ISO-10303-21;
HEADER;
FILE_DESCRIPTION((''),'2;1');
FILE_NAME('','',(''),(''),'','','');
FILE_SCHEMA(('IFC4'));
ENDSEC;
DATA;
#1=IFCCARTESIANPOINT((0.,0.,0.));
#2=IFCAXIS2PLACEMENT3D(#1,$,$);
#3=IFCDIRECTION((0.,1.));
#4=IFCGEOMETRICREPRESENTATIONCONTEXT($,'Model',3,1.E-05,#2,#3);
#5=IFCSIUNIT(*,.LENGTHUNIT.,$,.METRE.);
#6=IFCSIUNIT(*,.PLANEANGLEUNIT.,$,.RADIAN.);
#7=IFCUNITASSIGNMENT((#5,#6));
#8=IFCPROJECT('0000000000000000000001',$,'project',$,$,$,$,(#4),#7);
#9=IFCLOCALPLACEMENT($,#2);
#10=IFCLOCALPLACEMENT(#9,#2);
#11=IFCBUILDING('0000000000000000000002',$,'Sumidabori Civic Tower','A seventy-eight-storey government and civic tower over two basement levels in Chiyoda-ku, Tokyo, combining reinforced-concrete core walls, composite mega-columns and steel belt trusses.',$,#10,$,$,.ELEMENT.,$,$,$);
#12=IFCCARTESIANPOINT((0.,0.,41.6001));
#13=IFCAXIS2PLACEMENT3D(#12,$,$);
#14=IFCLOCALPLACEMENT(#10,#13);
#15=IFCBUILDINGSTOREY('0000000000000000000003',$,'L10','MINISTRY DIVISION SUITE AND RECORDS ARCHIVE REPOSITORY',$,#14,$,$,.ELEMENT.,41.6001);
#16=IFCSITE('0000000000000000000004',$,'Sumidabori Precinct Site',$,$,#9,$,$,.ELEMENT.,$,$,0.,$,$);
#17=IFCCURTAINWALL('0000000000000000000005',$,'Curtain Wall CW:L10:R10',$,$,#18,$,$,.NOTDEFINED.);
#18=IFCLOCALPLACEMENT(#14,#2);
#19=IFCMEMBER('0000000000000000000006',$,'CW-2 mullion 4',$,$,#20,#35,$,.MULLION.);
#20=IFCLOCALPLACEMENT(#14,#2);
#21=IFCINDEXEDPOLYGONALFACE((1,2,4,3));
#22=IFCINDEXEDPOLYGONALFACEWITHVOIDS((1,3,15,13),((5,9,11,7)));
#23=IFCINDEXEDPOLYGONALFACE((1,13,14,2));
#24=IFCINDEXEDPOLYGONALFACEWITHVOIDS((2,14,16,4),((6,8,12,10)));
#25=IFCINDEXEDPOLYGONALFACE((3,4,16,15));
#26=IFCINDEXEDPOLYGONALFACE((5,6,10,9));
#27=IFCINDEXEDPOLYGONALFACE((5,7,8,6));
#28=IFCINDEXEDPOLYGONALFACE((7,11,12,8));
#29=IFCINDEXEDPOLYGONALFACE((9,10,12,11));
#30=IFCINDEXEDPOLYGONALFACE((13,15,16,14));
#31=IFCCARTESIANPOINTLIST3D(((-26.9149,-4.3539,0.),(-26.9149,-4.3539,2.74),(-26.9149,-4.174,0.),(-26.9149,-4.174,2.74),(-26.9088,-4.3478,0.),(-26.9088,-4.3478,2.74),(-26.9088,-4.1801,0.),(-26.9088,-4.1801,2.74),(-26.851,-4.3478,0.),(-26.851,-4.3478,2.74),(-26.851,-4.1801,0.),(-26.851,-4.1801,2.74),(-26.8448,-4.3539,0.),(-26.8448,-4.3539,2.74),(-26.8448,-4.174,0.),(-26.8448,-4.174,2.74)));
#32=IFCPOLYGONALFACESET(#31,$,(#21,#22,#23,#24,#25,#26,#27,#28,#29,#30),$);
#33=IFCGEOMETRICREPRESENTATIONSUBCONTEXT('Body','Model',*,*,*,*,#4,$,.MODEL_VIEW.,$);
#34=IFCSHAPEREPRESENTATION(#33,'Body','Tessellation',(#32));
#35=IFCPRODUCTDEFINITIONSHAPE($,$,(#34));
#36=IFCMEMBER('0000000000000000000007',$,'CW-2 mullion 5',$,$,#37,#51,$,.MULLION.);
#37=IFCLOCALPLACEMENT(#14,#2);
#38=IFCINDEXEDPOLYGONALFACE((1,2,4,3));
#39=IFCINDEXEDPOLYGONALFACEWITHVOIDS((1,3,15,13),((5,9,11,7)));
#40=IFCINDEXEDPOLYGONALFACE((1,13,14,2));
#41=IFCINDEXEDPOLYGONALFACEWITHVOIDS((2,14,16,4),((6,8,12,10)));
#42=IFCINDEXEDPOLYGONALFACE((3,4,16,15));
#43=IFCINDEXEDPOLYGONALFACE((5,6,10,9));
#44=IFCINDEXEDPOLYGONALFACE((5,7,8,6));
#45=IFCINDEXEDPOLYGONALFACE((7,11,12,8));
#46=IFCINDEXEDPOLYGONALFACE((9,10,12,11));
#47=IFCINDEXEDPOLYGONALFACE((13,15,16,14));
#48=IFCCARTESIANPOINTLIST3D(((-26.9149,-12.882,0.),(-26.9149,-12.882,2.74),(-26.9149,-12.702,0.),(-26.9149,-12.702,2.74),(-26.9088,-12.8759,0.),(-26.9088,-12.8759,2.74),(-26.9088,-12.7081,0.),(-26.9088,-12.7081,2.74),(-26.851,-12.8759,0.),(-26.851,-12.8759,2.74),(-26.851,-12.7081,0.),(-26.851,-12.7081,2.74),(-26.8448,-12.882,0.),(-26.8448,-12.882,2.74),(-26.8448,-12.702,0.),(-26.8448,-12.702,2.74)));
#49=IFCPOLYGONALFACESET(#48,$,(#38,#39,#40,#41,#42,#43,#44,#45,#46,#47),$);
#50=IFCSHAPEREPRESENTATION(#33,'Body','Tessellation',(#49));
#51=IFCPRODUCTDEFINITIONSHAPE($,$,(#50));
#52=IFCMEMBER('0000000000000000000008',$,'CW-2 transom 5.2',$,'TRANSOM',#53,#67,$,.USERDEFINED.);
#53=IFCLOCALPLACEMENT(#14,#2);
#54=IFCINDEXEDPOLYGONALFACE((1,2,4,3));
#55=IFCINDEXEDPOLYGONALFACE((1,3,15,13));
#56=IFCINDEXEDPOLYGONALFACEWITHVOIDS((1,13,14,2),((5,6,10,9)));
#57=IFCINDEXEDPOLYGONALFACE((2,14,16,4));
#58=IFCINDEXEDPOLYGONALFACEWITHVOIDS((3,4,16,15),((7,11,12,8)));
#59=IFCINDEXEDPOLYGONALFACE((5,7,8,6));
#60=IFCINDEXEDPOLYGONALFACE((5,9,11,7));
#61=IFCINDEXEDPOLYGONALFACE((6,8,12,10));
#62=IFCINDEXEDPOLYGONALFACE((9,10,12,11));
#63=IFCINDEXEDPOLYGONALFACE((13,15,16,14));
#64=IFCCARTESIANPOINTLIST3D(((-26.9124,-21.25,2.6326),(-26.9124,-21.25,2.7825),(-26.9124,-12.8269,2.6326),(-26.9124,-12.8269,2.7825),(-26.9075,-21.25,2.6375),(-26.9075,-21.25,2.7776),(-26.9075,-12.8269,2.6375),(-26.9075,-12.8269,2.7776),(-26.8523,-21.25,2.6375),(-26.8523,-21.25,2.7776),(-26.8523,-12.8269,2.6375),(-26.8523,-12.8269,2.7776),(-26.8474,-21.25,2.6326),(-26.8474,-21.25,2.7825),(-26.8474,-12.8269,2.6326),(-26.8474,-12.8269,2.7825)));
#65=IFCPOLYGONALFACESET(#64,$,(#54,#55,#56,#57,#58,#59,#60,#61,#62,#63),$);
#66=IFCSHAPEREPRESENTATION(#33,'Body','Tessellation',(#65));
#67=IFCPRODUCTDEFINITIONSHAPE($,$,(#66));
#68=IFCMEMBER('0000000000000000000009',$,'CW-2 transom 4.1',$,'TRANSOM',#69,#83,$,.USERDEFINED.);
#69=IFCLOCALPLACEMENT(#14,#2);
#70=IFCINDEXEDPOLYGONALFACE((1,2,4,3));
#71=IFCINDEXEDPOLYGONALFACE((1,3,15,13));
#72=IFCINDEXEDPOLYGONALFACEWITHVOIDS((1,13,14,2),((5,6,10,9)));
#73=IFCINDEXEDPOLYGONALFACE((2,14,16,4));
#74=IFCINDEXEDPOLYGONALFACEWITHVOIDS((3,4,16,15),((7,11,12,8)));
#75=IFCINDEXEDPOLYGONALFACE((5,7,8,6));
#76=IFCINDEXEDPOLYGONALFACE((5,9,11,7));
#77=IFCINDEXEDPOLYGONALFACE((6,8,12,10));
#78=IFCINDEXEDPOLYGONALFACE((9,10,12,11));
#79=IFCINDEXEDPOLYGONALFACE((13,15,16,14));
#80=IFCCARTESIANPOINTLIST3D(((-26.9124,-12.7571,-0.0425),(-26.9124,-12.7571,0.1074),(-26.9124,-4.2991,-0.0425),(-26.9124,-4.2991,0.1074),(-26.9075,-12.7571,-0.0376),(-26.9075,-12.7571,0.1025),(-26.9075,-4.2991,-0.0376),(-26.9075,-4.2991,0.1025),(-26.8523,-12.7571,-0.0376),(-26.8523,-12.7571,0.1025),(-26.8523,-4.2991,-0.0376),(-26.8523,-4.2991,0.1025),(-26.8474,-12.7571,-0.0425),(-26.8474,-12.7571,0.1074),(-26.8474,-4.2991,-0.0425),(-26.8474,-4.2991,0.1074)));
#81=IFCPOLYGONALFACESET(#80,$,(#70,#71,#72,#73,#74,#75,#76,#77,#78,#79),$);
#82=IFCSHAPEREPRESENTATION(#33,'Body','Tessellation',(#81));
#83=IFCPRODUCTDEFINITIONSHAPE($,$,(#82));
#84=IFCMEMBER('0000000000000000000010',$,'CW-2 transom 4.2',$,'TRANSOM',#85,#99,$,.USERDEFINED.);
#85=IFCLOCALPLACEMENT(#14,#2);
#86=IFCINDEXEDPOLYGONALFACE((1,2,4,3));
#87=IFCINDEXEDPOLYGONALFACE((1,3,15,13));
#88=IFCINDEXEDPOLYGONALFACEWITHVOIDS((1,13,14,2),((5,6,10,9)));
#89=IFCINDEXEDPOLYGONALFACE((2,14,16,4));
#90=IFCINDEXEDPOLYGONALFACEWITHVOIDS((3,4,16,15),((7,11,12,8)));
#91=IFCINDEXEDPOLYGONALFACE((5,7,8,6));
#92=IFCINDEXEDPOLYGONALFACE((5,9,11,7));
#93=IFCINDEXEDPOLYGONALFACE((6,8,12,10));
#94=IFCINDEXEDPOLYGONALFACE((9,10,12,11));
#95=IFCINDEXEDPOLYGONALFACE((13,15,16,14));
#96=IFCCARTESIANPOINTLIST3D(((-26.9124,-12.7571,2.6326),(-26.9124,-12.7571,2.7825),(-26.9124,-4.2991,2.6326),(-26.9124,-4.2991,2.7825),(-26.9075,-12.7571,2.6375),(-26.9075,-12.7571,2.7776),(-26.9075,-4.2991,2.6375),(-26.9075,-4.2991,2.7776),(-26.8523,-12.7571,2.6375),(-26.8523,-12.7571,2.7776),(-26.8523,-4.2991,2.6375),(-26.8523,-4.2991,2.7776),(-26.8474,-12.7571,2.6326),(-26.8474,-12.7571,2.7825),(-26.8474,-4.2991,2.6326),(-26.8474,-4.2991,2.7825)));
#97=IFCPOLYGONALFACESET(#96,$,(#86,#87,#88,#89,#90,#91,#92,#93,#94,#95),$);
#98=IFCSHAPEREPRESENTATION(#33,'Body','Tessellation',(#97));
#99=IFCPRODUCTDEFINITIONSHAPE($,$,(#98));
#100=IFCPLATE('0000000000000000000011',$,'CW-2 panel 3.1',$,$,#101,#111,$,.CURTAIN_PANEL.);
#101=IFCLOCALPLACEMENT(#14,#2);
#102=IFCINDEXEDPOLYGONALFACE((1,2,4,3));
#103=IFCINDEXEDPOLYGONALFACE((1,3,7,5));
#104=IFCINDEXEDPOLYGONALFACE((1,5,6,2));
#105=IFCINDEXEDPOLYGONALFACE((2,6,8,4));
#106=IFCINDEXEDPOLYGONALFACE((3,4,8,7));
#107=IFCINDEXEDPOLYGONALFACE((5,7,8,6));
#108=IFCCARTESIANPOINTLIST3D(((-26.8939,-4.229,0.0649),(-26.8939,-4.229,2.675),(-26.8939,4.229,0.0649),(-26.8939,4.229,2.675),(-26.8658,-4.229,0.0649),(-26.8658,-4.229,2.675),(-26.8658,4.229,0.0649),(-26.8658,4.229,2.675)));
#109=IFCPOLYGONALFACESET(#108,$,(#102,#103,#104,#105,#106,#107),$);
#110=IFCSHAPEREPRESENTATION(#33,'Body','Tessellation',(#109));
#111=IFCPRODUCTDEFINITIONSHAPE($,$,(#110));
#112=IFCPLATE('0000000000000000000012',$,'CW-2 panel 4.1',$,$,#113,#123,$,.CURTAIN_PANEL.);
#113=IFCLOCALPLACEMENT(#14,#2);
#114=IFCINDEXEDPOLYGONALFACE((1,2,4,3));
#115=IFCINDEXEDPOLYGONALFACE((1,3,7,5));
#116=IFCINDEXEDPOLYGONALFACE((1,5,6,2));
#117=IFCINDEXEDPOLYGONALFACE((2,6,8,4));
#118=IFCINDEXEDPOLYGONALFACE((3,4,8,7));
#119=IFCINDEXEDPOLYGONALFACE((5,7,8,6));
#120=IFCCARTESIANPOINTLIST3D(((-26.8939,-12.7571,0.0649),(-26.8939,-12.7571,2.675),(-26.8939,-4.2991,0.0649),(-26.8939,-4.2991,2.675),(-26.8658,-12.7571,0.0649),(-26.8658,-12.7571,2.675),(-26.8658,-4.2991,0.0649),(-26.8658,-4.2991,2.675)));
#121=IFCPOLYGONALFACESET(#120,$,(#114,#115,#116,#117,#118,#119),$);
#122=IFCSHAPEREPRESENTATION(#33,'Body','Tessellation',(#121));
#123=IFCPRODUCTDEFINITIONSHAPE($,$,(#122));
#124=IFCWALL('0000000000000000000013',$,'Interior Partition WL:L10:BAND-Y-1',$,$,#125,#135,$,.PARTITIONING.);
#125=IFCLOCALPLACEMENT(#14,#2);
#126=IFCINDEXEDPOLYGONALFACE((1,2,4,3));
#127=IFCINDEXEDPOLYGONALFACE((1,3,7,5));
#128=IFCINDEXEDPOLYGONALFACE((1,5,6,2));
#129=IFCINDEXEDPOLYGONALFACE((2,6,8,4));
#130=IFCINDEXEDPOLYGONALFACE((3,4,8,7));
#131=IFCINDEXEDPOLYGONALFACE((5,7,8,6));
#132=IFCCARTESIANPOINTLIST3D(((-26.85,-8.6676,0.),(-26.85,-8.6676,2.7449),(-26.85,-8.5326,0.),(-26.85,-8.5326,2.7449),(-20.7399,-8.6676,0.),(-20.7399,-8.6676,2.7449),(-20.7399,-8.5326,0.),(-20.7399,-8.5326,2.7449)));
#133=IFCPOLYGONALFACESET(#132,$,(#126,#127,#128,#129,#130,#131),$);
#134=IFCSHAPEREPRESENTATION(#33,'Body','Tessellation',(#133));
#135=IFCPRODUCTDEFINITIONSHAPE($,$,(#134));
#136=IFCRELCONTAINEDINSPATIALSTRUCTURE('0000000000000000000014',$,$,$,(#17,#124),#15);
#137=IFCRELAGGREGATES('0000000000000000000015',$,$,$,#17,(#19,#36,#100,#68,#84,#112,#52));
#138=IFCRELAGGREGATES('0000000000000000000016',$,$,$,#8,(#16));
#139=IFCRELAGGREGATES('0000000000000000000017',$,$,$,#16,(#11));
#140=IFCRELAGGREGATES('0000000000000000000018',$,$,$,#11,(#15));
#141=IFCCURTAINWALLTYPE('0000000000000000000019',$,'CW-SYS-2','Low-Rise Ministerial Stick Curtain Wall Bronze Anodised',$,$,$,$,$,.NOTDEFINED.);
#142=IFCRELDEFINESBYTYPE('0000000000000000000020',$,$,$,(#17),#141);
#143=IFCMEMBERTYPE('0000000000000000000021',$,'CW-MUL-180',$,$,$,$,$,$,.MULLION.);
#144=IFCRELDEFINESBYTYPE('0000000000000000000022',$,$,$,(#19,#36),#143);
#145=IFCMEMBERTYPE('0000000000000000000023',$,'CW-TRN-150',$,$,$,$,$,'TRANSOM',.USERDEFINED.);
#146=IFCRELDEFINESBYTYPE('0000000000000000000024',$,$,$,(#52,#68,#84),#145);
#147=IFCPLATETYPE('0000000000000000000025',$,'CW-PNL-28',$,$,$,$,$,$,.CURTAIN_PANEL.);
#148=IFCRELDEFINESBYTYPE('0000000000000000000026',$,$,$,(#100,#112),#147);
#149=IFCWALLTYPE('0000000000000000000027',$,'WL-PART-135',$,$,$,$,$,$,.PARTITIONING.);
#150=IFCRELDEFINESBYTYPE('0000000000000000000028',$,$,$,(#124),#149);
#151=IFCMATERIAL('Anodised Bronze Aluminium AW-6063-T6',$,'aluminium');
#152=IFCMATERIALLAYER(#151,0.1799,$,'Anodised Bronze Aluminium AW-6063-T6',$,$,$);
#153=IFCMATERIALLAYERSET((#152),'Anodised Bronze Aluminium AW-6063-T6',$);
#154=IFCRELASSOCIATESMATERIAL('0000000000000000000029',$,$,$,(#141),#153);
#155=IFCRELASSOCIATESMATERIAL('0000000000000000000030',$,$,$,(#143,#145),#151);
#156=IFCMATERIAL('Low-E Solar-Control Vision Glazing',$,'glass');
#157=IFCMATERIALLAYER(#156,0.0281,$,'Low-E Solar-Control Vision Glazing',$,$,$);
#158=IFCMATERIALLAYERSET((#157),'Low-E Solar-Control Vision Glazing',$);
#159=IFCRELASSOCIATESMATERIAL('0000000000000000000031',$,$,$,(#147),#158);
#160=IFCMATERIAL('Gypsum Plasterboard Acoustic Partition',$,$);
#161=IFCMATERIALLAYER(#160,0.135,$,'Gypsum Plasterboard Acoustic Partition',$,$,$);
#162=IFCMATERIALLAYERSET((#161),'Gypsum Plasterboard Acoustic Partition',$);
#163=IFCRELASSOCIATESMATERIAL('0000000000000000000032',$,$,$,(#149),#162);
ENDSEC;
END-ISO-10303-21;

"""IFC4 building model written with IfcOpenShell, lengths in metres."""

from ifc_helpers import new_model, si_unit, direction, frame, frame_2d, origin, origin_2d, place, context, subcontext, project, spatial, rectangle, hollow_rectangle, extrude, source, transform, mapped, material, layer, layer_set, material_profile, profile_set, type_object, element, aggregate, save


model = new_model("IFC4")

# Units and contexts
model_context = context("Model", 3, precision=1e-05, world=origin(), true_north=direction((0.0, 1.0)))
body_context = subcontext(model_context, "Body", "Model", "MODEL_VIEW")
ifc_project = project(units=[si_unit("LENGTHUNIT", "METRE"), si_unit("PLANEANGLEUNIT", "RADIAN")], contexts=[model_context])

# Site, building, storey
site_placement = place(None, origin())
site = spatial("IfcSite", under=ifc_project, at=site_placement, Name="Sumidabori Precinct Site", CompositionType="ELEMENT", RefElevation=0.0)
building_placement = place(site_placement, origin())
building = spatial("IfcBuilding", under=site, at=building_placement, Name="Sumidabori Civic Tower", Description="A seventy-eight-storey government and civic tower over two basement levels in Chiyoda-ku, Tokyo, combining reinforced-concrete core walls, composite mega-columns and steel belt trusses.", CompositionType="ELEMENT")
storey_placement = place(building_placement, frame((0.0, 0.0, 41.6001)))
storey = spatial("IfcBuildingStorey", under=building, at=storey_placement, Name="L10", Description="MINISTRY DIVISION SUITE AND RECORDS ARCHIVE REPOSITORY", CompositionType="ELEMENT", Elevation=41.6001)

# Curtain wall, members, plates
ifc_material_1 = material(Name="Anodised Bronze Aluminium AW-6063-T6", Category="aluminium")
ifc_layer_1 = layer(ifc_material_1, 0.1799, Name="Anodised Bronze Aluminium AW-6063-T6")
ifc_layer_set_1 = layer_set([ifc_layer_1], Name="Anodised Bronze Aluminium AW-6063-T6")
curtain_wall_type = type_object("IfcCurtainWallType", Name="CW-SYS-2", Description="Low-Rise Ministerial Stick Curtain Wall Bronze Anodised", PredefinedType="NOTDEFINED", material=ifc_layer_set_1)
curtain_wall_placement = place(storey_placement, origin())
curtain_wall = element("IfcCurtainWall", 1, at=curtain_wall_placement, inside=storey, type_object=curtain_wall_type, Name="Curtain Wall CW:L10:R10", PredefinedType="NOTDEFINED")
ifc_material_profile_1 = material_profile(ifc_material_1, hollow_rectangle(XDim=0.0701, YDim=0.1799, WallThickness=0.0061, at=origin_2d()), Name="ALU MULLION 180x70")
ifc_profile_set_1 = profile_set([ifc_material_profile_1], Name="Anodised Bronze Aluminium AW-6063-T6")
member_type_1 = type_object("IfcMemberType", Name="CW-MUL-180", PredefinedType="MULLION", material=ifc_profile_set_1)
shared_shape_1 = source(origin(), body_context, "Body", "SweptSolid", [
    extrude(hollow_rectangle(XDim=0.0701, YDim=0.1799, WallThickness=0.0061, at=origin_2d()), origin(), (0.0, 0.0, 1.0), 2.74),
])
member_1_placement = place(storey_placement, frame((-26.8799, -4.2639, 0.0), z_axis=(0.0, 0.0, 1.0), x_axis=(1.0, 0.0, 0.0)))
member_1 = element("IfcMember", 2, at=member_1_placement, type_object=member_type_1, Name="CW-2 mullion 4", PredefinedType="MULLION", context=body_context, shape_type="MappedRepresentation", body=[
    mapped(shared_shape_1, transform((0.0, 0.0, 0.0), x_axis=(1.0, 0.0, 0.0), y_axis=(0.0, 1.0, 0.0), z_axis=(0.0, 0.0, 1.0), scale=1.0)),
])
member_2_placement = place(storey_placement, frame((-26.8799, -12.792, 0.0), z_axis=(0.0, 0.0, 1.0), x_axis=(1.0, 0.0, 0.0)))
member_2 = element("IfcMember", 3, at=member_2_placement, type_object=member_type_1, Name="CW-2 mullion 5", PredefinedType="MULLION", context=body_context, shape_type="MappedRepresentation", body=[
    mapped(shared_shape_1, transform((0.0, 0.0, 0.0), x_axis=(1.0, 0.0, 0.0), y_axis=(0.0, 1.0, 0.0), z_axis=(0.0, 0.0, 1.0), scale=1.0)),
])
ifc_material_profile_2 = material_profile(ifc_material_1, hollow_rectangle(XDim=0.0649, YDim=0.1499, WallThickness=0.0049, at=origin_2d()), Name="ALU TRANSOM 150x65")
ifc_profile_set_2 = profile_set([ifc_material_profile_2], Name="Anodised Bronze Aluminium AW-6063-T6")
member_type_2 = type_object("IfcMemberType", Name="CW-TRN-150", ElementType="TRANSOM", PredefinedType="USERDEFINED", material=ifc_profile_set_2)
shared_shape_2 = source(origin(), body_context, "Body", "SweptSolid", [
    extrude(hollow_rectangle(XDim=0.0649, YDim=0.1499, WallThickness=0.0049, at=origin_2d()), origin(), (0.0, 0.0, 1.0), 8.4231),
])
member_3_placement = place(storey_placement, frame((-26.8799, -12.8269, 2.7075), z_axis=(0.0, -1.0, 0.0), x_axis=(1.0, 0.0, 0.0)))
member_3 = element("IfcMember", 4, at=member_3_placement, type_object=member_type_2, Name="CW-2 transom 5.2", ObjectType="TRANSOM", PredefinedType="USERDEFINED", context=body_context, shape_type="MappedRepresentation", body=[
    mapped(shared_shape_2, transform((0.0, 0.0, 0.0), x_axis=(1.0, 0.0, 0.0), y_axis=(0.0, 1.0, 0.0), z_axis=(0.0, 0.0, 1.0), scale=1.0)),
])
shared_shape_3 = source(origin(), body_context, "Body", "SweptSolid", [
    extrude(hollow_rectangle(XDim=0.0649, YDim=0.1499, WallThickness=0.0049, at=origin_2d()), origin(), (0.0, 0.0, 1.0), 8.458),
])
member_4_placement = place(storey_placement, frame((-26.8799, -4.2991, 0.0325), z_axis=(0.0, -1.0, 0.0), x_axis=(1.0, 0.0, 0.0)))
member_4 = element("IfcMember", 5, at=member_4_placement, type_object=member_type_2, Name="CW-2 transom 4.1", ObjectType="TRANSOM", PredefinedType="USERDEFINED", context=body_context, shape_type="MappedRepresentation", body=[
    mapped(shared_shape_3, transform((0.0, 0.0, 0.0), x_axis=(1.0, 0.0, 0.0), y_axis=(0.0, 1.0, 0.0), z_axis=(0.0, 0.0, 1.0), scale=1.0)),
])
member_5_placement = place(storey_placement, frame((-26.8799, -4.2991, 2.7075), z_axis=(0.0, -1.0, 0.0), x_axis=(1.0, 0.0, 0.0)))
member_5 = element("IfcMember", 6, at=member_5_placement, type_object=member_type_2, Name="CW-2 transom 4.2", ObjectType="TRANSOM", PredefinedType="USERDEFINED", context=body_context, shape_type="MappedRepresentation", body=[
    mapped(shared_shape_3, transform((0.0, 0.0, 0.0), x_axis=(1.0, 0.0, 0.0), y_axis=(0.0, 1.0, 0.0), z_axis=(0.0, 0.0, 1.0), scale=1.0)),
])
ifc_material_2 = material(Name="Low-E Solar-Control Vision Glazing", Category="glass")
ifc_layer_2 = layer(ifc_material_2, 0.0281, Name="Low-E Solar-Control Vision Glazing")
ifc_layer_set_2 = layer_set([ifc_layer_2], Name="Low-E Solar-Control Vision Glazing")
plate_type = type_object("IfcPlateType", Name="CW-PNL-28", PredefinedType="CURTAIN_PANEL", material=ifc_layer_set_2)
shared_shape_4 = source(origin(), body_context, "Body", "SweptSolid", [
    extrude(rectangle(XDim=8.458, YDim=0.0281, at=origin_2d()), origin(), (0.0, 0.0, 1.0), 2.6101),
])
plate_1_placement = place(storey_placement, frame((-26.8799, 0.0, 0.0649), z_axis=(0.0, 0.0, 1.0), x_axis=(0.0, -1.0, 0.0)))
plate_1 = element("IfcPlate", 7, at=plate_1_placement, type_object=plate_type, Name="CW-2 panel 3.1", PredefinedType="CURTAIN_PANEL", context=body_context, shape_type="MappedRepresentation", body=[
    mapped(shared_shape_4, transform((0.0, 0.0, 0.0), x_axis=(1.0, 0.0, 0.0), y_axis=(0.0, 1.0, 0.0), z_axis=(0.0, 0.0, 1.0), scale=1.0)),
])
plate_2_placement = place(storey_placement, frame((-26.8799, -8.5281, 0.0649), z_axis=(0.0, 0.0, 1.0), x_axis=(0.0, -1.0, 0.0)))
plate_2 = element("IfcPlate", 8, at=plate_2_placement, type_object=plate_type, Name="CW-2 panel 4.1", PredefinedType="CURTAIN_PANEL", context=body_context, shape_type="MappedRepresentation", body=[
    mapped(shared_shape_4, transform((0.0, 0.0, 0.0), x_axis=(1.0, 0.0, 0.0), y_axis=(0.0, 1.0, 0.0), z_axis=(0.0, 0.0, 1.0), scale=1.0)),
])
aggregate(curtain_wall, [member_1, member_2, plate_1, member_4, member_5, plate_2, member_3])

# Wall
ifc_material_3 = material(Name="Gypsum Plasterboard Acoustic Partition")
ifc_layer_3 = layer(ifc_material_3, 0.135, Name="Gypsum Plasterboard Acoustic Partition")
ifc_layer_set_3 = layer_set([ifc_layer_3], Name="Gypsum Plasterboard Acoustic Partition")
wall_type = type_object("IfcWallType", Name="WL-PART-135", PredefinedType="PARTITIONING", material=ifc_layer_set_3)
shared_shape_5 = source(origin(), body_context, "Body", "SweptSolid", [
    extrude(rectangle(XDim=6.1101, YDim=0.135, at=frame_2d((3.0552, 0.0))), origin(), (0.0, 0.0, 1.0), 2.7449),
])
wall_1_placement = place(storey_placement, frame((-26.8501, -8.6001, 0.0), z_axis=(0.0, 0.0, 1.0), x_axis=(1.0, 0.0, 0.0)))
element("IfcWall", 9, at=wall_1_placement, inside=storey, type_object=wall_type, Name="Interior Partition WL:L10:BAND-Y-1", PredefinedType="PARTITIONING", context=body_context, shape_type="MappedRepresentation", body=[
    mapped(shared_shape_5, transform((0.0, 0.0, 0.0), x_axis=(1.0, 0.0, 0.0), y_axis=(0.0, 1.0, 0.0), z_axis=(0.0, 0.0, 1.0), scale=1.0)),
])

save(model, "model.ifc")
